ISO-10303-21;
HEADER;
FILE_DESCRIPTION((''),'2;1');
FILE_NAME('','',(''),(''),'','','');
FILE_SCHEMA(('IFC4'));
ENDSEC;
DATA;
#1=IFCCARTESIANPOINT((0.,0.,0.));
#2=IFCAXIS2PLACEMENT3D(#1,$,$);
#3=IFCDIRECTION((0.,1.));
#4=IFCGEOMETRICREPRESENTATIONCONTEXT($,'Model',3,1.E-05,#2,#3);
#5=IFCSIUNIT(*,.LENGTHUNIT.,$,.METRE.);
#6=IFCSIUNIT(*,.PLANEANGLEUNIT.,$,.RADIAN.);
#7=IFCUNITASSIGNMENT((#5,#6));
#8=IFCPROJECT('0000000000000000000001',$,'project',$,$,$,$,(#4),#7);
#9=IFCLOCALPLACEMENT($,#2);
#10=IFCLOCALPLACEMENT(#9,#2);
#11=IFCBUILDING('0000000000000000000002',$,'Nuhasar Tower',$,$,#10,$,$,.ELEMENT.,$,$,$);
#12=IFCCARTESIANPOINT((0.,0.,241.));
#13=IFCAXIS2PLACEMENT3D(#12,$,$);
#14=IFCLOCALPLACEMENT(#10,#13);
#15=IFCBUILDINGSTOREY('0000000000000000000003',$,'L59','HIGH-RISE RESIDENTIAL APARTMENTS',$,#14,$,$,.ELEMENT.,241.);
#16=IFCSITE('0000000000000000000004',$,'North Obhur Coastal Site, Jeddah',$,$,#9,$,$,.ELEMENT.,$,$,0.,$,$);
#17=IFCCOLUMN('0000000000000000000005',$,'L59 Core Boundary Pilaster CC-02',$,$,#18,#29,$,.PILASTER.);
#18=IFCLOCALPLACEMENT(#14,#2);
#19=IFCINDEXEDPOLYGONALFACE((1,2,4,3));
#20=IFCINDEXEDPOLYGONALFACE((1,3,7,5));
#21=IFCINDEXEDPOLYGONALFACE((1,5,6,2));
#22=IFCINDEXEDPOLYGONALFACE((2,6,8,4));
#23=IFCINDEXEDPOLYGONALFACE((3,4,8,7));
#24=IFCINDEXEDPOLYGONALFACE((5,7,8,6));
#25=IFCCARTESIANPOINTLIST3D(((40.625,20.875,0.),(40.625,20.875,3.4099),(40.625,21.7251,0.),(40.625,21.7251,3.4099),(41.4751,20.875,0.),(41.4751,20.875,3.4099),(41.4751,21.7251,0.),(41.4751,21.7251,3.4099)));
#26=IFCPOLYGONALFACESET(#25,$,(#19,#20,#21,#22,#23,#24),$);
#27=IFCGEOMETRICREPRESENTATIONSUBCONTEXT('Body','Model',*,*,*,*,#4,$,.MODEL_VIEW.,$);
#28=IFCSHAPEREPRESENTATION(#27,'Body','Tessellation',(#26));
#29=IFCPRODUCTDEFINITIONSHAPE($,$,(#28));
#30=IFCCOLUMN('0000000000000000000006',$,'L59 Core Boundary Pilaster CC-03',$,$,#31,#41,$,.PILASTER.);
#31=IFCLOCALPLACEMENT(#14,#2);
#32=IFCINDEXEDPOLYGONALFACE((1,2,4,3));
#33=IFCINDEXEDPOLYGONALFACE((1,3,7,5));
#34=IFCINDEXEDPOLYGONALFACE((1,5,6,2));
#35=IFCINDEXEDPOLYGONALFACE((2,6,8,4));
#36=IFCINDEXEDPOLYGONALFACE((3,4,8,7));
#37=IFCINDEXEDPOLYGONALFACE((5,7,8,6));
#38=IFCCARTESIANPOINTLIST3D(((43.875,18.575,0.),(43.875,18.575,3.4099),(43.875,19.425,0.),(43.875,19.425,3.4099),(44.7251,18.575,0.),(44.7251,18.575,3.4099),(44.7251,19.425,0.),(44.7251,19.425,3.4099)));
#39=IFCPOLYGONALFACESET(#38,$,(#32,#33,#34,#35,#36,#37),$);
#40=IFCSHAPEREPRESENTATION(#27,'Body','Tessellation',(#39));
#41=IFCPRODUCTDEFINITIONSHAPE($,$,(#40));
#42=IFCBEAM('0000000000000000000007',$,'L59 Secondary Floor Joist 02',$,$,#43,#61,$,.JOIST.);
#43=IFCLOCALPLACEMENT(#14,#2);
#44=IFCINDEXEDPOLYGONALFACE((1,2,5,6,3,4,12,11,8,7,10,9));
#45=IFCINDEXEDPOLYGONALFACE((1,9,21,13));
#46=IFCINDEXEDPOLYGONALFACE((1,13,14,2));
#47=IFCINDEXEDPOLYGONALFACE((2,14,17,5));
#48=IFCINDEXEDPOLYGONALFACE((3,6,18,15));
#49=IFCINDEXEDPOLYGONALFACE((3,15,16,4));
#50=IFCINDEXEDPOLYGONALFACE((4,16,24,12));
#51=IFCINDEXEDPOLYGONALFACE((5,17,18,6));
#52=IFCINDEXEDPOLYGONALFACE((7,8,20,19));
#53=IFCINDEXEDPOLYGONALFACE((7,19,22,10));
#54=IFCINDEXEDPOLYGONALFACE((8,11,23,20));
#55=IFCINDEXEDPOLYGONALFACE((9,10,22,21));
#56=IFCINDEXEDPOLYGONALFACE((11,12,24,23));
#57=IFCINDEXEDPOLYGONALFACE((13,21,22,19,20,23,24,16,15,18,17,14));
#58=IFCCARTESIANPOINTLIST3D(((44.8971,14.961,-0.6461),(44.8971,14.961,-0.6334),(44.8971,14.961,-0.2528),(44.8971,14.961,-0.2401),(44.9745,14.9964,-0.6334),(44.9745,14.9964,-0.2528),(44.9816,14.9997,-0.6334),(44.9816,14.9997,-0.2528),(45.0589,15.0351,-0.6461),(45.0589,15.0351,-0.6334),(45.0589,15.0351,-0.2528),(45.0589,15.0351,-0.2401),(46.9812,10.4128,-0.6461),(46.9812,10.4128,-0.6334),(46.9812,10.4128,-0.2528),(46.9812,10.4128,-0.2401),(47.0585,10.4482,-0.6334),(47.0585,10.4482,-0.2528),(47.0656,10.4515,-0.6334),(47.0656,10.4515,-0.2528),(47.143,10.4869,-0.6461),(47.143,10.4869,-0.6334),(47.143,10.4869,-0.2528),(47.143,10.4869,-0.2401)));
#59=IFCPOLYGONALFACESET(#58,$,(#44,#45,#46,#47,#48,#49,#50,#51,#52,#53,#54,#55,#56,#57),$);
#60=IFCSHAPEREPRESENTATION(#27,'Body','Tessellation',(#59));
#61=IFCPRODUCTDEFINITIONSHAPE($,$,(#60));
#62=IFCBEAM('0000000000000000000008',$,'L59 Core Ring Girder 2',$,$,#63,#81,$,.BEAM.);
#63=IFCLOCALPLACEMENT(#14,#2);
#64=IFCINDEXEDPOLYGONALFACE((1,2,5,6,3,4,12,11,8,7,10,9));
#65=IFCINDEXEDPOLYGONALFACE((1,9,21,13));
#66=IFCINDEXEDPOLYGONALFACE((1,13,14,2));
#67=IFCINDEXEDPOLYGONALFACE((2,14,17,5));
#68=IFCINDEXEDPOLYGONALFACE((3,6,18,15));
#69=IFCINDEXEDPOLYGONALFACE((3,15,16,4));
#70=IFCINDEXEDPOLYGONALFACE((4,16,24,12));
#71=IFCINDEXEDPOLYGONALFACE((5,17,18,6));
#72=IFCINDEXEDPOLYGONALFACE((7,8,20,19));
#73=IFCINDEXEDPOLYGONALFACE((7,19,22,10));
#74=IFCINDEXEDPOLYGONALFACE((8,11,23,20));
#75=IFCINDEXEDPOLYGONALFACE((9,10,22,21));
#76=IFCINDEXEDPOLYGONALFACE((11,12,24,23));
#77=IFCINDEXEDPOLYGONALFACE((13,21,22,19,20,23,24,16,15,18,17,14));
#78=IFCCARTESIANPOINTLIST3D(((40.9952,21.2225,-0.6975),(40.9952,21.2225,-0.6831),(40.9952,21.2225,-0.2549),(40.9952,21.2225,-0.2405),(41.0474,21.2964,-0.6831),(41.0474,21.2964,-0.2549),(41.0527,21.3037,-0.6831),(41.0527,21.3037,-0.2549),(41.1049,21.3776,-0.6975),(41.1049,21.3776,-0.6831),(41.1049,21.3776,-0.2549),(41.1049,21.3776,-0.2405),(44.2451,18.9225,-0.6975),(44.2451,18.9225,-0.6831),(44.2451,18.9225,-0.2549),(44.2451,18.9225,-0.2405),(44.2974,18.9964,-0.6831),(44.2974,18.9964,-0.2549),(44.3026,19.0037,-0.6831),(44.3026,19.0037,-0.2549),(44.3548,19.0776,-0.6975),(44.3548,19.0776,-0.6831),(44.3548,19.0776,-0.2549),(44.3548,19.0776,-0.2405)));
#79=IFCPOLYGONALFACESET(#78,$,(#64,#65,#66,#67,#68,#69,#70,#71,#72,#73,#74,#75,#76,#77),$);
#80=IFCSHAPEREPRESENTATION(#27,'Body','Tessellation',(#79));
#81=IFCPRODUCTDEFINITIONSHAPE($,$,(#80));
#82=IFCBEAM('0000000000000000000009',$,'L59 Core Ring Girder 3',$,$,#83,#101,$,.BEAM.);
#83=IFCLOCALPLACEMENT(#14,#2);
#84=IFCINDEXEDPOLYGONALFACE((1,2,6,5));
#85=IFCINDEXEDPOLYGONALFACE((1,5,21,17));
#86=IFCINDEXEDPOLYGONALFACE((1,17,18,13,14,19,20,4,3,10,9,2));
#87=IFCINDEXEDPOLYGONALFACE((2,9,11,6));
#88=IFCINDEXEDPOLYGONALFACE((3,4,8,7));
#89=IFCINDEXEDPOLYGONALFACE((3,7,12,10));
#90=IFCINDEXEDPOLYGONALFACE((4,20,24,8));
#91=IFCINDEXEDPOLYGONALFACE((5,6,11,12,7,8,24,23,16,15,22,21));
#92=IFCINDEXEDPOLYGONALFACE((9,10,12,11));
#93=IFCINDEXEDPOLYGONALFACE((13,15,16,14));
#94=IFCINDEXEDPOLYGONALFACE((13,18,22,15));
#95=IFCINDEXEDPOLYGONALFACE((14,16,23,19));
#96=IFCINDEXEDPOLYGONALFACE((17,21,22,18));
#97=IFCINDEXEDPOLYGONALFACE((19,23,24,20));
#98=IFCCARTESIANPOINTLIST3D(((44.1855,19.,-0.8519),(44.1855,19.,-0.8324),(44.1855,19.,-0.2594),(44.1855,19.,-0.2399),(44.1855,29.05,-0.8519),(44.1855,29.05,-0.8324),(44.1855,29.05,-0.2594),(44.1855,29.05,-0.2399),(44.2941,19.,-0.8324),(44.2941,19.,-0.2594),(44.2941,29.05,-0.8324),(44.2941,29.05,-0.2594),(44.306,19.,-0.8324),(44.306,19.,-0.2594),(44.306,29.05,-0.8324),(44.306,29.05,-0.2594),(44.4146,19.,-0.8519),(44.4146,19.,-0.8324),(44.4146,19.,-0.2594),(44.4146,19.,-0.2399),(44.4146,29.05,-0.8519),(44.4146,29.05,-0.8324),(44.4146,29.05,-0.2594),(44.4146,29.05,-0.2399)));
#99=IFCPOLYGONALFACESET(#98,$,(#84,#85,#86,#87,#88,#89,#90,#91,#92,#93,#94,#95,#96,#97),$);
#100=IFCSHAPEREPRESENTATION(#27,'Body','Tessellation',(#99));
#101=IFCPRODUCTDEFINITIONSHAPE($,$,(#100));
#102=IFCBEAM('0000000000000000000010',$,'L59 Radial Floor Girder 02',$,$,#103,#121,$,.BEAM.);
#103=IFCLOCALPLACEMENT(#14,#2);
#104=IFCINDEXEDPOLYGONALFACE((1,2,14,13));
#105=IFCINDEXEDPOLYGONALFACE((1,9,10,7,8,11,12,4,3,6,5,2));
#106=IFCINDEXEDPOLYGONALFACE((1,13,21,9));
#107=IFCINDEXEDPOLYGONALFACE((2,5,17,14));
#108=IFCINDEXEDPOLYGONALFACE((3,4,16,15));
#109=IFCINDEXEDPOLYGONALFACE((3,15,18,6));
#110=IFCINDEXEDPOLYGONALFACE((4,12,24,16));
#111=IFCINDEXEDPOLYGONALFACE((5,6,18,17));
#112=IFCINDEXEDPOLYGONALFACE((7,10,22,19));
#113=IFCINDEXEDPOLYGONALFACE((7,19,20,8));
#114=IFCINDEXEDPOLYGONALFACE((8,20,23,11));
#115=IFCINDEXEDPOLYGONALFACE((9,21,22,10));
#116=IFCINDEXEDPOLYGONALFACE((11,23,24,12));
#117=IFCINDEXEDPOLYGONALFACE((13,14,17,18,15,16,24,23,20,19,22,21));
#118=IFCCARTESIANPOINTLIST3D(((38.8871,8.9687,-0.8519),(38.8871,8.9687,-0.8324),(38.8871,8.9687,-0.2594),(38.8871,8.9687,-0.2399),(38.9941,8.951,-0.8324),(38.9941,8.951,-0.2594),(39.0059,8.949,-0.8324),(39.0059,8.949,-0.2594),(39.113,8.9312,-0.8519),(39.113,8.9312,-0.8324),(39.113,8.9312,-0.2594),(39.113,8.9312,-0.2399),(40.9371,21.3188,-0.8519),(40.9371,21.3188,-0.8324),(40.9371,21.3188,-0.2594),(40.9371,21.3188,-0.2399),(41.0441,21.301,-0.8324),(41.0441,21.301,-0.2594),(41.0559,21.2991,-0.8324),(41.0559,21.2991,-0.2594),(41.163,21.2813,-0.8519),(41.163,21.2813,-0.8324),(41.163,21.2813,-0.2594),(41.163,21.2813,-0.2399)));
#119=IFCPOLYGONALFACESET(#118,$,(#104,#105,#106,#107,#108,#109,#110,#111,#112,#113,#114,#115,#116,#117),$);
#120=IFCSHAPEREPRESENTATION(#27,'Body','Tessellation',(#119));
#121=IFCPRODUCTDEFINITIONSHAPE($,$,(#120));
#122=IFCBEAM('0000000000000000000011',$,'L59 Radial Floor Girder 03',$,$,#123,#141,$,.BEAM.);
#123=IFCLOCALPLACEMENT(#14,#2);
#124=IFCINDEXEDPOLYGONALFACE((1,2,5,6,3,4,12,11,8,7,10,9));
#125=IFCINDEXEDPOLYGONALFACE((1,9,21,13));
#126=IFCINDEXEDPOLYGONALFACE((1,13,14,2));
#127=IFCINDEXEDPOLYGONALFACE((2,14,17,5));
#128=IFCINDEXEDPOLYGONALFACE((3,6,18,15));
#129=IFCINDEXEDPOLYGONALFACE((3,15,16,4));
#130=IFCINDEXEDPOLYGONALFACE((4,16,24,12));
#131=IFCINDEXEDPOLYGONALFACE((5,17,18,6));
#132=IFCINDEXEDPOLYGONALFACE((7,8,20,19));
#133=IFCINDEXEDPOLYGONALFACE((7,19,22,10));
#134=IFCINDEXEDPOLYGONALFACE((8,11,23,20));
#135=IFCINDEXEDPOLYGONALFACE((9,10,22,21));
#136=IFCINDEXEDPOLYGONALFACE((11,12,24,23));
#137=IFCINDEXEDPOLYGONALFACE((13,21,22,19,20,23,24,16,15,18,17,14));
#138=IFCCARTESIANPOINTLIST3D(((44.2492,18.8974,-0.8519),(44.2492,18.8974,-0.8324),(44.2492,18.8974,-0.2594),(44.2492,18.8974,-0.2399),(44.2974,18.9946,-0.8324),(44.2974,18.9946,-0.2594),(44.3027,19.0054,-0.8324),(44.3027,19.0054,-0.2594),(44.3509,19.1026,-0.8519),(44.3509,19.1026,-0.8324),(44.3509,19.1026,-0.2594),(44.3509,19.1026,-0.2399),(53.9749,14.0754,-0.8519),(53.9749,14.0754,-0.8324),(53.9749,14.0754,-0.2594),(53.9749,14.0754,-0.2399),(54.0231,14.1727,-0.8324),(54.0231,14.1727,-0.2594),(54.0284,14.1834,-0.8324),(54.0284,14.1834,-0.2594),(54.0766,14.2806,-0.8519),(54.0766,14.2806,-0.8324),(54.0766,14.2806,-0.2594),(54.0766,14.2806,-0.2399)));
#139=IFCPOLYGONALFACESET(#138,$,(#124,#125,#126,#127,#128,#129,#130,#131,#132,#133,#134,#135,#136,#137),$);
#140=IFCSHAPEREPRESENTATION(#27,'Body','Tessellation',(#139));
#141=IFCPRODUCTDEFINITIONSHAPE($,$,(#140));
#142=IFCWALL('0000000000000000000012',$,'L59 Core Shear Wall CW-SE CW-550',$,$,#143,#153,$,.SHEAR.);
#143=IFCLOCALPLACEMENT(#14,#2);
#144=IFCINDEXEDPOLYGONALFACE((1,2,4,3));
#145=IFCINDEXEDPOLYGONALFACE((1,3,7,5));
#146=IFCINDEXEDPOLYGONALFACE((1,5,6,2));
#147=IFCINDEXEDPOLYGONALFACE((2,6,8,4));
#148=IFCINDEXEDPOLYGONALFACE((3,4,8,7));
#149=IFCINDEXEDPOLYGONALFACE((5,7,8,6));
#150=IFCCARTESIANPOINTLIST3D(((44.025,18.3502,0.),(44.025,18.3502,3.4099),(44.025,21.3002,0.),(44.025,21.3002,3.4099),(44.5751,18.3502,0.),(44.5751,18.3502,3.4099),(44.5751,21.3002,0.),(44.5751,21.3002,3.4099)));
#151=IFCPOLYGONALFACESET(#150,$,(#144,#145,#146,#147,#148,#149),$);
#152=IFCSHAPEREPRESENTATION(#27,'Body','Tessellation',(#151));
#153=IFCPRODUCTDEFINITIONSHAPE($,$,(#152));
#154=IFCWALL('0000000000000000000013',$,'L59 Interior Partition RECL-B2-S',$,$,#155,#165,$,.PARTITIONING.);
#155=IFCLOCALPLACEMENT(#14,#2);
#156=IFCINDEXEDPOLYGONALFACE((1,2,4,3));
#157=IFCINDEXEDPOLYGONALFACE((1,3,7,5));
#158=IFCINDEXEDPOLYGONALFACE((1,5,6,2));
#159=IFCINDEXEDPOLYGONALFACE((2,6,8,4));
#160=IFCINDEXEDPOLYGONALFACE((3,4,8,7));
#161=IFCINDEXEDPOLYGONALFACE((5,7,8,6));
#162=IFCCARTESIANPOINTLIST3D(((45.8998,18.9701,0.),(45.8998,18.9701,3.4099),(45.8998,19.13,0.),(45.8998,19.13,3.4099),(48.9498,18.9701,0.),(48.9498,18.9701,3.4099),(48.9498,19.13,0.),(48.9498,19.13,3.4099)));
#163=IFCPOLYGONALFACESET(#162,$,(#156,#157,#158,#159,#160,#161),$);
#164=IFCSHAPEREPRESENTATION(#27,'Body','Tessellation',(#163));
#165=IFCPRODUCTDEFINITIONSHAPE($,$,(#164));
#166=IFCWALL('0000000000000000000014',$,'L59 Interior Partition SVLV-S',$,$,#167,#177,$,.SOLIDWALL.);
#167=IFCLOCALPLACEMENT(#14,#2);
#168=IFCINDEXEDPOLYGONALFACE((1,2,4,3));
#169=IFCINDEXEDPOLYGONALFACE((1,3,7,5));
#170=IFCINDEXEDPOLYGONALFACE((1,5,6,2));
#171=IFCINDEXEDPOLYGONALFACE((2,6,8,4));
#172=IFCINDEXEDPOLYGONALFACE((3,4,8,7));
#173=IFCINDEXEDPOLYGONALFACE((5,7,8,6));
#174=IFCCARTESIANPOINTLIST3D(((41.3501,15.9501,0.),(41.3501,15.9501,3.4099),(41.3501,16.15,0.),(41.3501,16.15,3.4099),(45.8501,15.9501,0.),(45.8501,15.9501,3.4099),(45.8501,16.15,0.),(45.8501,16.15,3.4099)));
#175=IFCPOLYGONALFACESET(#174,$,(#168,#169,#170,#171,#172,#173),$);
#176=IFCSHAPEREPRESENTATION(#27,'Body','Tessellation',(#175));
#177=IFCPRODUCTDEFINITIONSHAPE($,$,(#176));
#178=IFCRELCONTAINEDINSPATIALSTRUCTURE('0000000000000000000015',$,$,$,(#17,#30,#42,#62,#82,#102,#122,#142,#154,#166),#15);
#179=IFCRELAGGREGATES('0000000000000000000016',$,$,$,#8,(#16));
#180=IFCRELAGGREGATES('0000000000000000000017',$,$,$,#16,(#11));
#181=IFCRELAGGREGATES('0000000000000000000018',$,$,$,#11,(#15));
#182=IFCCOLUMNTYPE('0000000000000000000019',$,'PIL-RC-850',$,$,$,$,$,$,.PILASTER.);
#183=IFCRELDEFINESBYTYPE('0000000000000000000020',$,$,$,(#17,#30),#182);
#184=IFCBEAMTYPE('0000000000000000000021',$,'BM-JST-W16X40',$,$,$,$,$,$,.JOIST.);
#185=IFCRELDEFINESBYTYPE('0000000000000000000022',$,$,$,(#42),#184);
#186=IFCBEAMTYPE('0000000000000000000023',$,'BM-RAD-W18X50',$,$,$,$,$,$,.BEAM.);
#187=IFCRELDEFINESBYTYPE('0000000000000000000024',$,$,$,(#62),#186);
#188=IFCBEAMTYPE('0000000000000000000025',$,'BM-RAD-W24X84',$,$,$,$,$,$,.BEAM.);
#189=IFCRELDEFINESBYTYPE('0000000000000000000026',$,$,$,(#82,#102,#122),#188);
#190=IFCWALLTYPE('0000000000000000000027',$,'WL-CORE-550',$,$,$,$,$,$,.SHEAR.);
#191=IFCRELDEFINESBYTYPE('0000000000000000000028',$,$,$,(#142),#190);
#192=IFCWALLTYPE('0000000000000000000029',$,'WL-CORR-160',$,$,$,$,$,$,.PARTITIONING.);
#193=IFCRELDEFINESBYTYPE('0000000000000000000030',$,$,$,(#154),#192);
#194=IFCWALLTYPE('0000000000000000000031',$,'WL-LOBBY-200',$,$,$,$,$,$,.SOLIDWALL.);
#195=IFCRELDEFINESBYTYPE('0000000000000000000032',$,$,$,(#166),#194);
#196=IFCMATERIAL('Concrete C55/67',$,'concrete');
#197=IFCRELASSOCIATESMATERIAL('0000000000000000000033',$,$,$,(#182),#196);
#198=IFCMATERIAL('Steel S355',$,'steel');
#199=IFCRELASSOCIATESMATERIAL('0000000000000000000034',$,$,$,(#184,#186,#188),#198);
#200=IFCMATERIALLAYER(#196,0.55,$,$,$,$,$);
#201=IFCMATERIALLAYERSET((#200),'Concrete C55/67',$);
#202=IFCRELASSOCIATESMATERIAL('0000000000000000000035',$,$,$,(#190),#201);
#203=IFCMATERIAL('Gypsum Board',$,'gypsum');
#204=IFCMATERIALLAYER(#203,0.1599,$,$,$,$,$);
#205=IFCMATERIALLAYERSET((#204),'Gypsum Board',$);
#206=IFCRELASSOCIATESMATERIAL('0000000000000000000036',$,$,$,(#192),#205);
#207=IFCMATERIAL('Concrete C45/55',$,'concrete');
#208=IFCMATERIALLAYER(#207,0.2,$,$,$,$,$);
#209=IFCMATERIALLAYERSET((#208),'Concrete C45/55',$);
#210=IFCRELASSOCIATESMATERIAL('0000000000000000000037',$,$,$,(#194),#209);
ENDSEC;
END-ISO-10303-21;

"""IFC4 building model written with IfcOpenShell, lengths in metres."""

from ifc_helpers import new_model, si_unit, direction, frame, frame_2d, origin, origin_2d, place, context, subcontext, project, spatial, rectangle, i_section, extrude, material, layer, layer_set, material_profile, profile_set, type_object, element, save


model = new_model("IFC4")

# Units and contexts
model_context = context("Model", 3, precision=1e-05, world=origin(), true_north=direction((0.0, 1.0)))
body_context = subcontext(model_context, "Body", "Model", "MODEL_VIEW")
ifc_project = project(units=[si_unit("LENGTHUNIT", "METRE"), si_unit("PLANEANGLEUNIT", "RADIAN")], contexts=[model_context])

# Site, building, storey
site_placement = place(None, origin())
site = spatial("IfcSite", under=ifc_project, at=site_placement, Name="North Obhur Coastal Site, Jeddah", CompositionType="ELEMENT", RefElevation=0.0)
building_placement = place(site_placement, origin())
building = spatial("IfcBuilding", under=site, at=building_placement, Name="Nuhasar Tower", CompositionType="ELEMENT")
storey_placement = place(building_placement, frame((0.0, 0.0, 241.0)))
storey = spatial("IfcBuildingStorey", under=building, at=storey_placement, Name="L59", Description="HIGH-RISE RESIDENTIAL APARTMENTS", CompositionType="ELEMENT", Elevation=241.0)

# Columns
ifc_material_1 = material(Name="Concrete C55/67", Category="concrete")
ifc_material_profile_1 = material_profile(ifc_material_1, rectangle(XDim=0.8501, YDim=0.8501, at=origin_2d()), Name="RC850X850")
ifc_profile_set_1 = profile_set([ifc_material_profile_1], Name="Concrete C55/67")
column_type = type_object("IfcColumnType", Name="PIL-RC-850", PredefinedType="PILASTER", material=ifc_profile_set_1)
for number, where, z_axis, x_axis, name in (
    (1, (41.05, 21.3, 0.0), (0.0, 0.0, 1.0), (1.0, 0.0, 0.0), "L59 Core Boundary Pilaster CC-02"),
    (2, (44.3, 19.0, 0.0), (0.0, 0.0, 1.0), (1.0, 0.0, 0.0), "L59 Core Boundary Pilaster CC-03"),
):
    element("IfcColumn", number, at=place(storey_placement, frame(where, z_axis=z_axis, x_axis=x_axis)), inside=storey, type_object=column_type, Name=name, PredefinedType="PILASTER", context=body_context, shape_type="SweptSolid", body=[
        extrude(rectangle(XDim=0.8501, YDim=0.8501, at=origin_2d()), origin(), (0.0, 0.0, 1.0), 3.4099),
    ])

# Beams
ifc_material_2 = material(Name="Steel S355", Category="steel")
ifc_material_profile_2 = material_profile(ifc_material_2, i_section(OverallWidth=0.178, OverallDepth=0.406, WebThickness=0.0078, FlangeThickness=0.0127, at=origin_2d()), Name="W16X40")
ifc_profile_set_2 = profile_set([ifc_material_profile_2], Name="Steel S355")
beam_type_1 = type_object("IfcBeamType", Name="BM-JST-W16X40", PredefinedType="JOIST", material=ifc_profile_set_2)
beam_1_placement = place(storey_placement, frame((44.978, 14.998, -0.4431), z_axis=(0.416562, -0.909107, 0.0), x_axis=(0.909107, 0.416562, 0.0)))
element("IfcBeam", 3, at=beam_1_placement, inside=storey, type_object=beam_type_1, Name="L59 Secondary Floor Joist 02", PredefinedType="JOIST", context=body_context, shape_type="SweptSolid", body=[
    extrude(i_section(OverallWidth=0.178, OverallDepth=0.406, WebThickness=0.0078, FlangeThickness=0.0127, at=origin_2d()), origin(), (0.0, 0.0, 1.0), 5.0029),
])
ifc_material_profile_3 = material_profile(ifc_material_2, i_section(OverallWidth=0.1899, OverallDepth=0.457, WebThickness=0.009, FlangeThickness=0.0144, at=origin_2d()), Name="W18X50")
ifc_profile_set_3 = profile_set([ifc_material_profile_3], Name="Steel S355")
beam_type_2 = type_object("IfcBeamType", Name="BM-RAD-W18X50", PredefinedType="BEAM", material=ifc_profile_set_3)
beam_2_placement = place(storey_placement, frame((41.05, 21.3, -0.469), z_axis=(0.816265, -0.577677, 0.0), x_axis=(0.577677, 0.816265, 0.0)))
element("IfcBeam", 4, at=beam_2_placement, inside=storey, type_object=beam_type_2, Name="L59 Core Ring Girder 2", PredefinedType="BEAM", context=body_context, shape_type="SweptSolid", body=[
    extrude(i_section(OverallWidth=0.1899, OverallDepth=0.457, WebThickness=0.009, FlangeThickness=0.0144, at=origin_2d()), origin(), (0.0, 0.0, 1.0), 3.9814),
])
ifc_material_profile_4 = material_profile(ifc_material_2, i_section(OverallWidth=0.229, OverallDepth=0.6121, WebThickness=0.012, FlangeThickness=0.0195, at=origin_2d()), Name="W24X84")
ifc_profile_set_4 = profile_set([ifc_material_profile_4], Name="Steel S355")
beam_type_3 = type_object("IfcBeamType", Name="BM-RAD-W24X84", PredefinedType="BEAM", material=ifc_profile_set_4)
beam_3_placement = place(storey_placement, frame((44.3, 19.0, -0.5459), z_axis=(0.0, 1.0, 0.0), x_axis=(-1.0, 0.0, 0.0)))
element("IfcBeam", 5, at=beam_3_placement, inside=storey, type_object=beam_type_3, Name="L59 Core Ring Girder 3", PredefinedType="BEAM", context=body_context, shape_type="SweptSolid", body=[
    extrude(i_section(OverallWidth=0.229, OverallDepth=0.6121, WebThickness=0.012, FlangeThickness=0.0195, at=origin_2d()), origin(), (0.0, 0.0, 1.0), 10.05),
])
beam_4_placement = place(storey_placement, frame((41.05, 21.3, -0.5459), z_axis=(-0.163754, -0.986501, 0.0), x_axis=(0.986501, -0.163754, 0.0)))
element("IfcBeam", 6, at=beam_4_placement, inside=storey, type_object=beam_type_3, Name="L59 Radial Floor Girder 02", PredefinedType="BEAM", context=body_context, shape_type="SweptSolid", body=[
    extrude(i_section(OverallWidth=0.229, OverallDepth=0.6121, WebThickness=0.012, FlangeThickness=0.0195, at=origin_2d()), origin(), (0.0, 0.0, 1.0), 12.519),
])
beam_5_placement = place(storey_placement, frame((44.3, 19.0, -0.5459), z_axis=(0.895929, -0.444197, 0.0), x_axis=(0.444197, 0.895929, 0.0)))
element("IfcBeam", 7, at=beam_5_placement, inside=storey, type_object=beam_type_3, Name="L59 Radial Floor Girder 03", PredefinedType="BEAM", context=body_context, shape_type="SweptSolid", body=[
    extrude(i_section(OverallWidth=0.229, OverallDepth=0.6121, WebThickness=0.012, FlangeThickness=0.0195, at=origin_2d()), origin(), (0.0, 0.0, 1.0), 10.8555),
])

# Walls
ifc_layer_1 = layer(ifc_material_1, 0.55)
ifc_layer_set_1 = layer_set([ifc_layer_1], Name="Concrete C55/67")
wall_type_1 = type_object("IfcWallType", Name="WL-CORE-550", PredefinedType="SHEAR", material=ifc_layer_set_1)
wall_1_placement = place(storey_placement, frame((44.3, 18.3501, 0.0), z_axis=(0.0, 0.0, 1.0), x_axis=(0.0, 1.0, 0.0)))
element("IfcWall", 8, at=wall_1_placement, inside=storey, type_object=wall_type_1, Name="L59 Core Shear Wall CW-SE CW-550", PredefinedType="SHEAR", context=body_context, shape_type="SweptSolid", body=[
    extrude(rectangle(XDim=2.95, YDim=0.55, at=frame_2d((1.4751, 0.0))), origin(), (0.0, 0.0, 1.0), 3.4099),
])
ifc_material_3 = material(Name="Gypsum Board", Category="gypsum")
ifc_layer_2 = layer(ifc_material_3, 0.1599)
ifc_layer_set_2 = layer_set([ifc_layer_2], Name="Gypsum Board")
wall_type_2 = type_object("IfcWallType", Name="WL-CORR-160", PredefinedType="PARTITIONING", material=ifc_layer_set_2)
wall_2_placement = place(storey_placement, frame((45.8999, 19.05, 0.0), z_axis=(0.0, 0.0, 1.0), x_axis=(1.0, 0.0, 0.0)))
element("IfcWall", 9, at=wall_2_placement, inside=storey, type_object=wall_type_2, Name="L59 Interior Partition RECL-B2-S", PredefinedType="PARTITIONING", context=body_context, shape_type="SweptSolid", body=[
    extrude(rectangle(XDim=3.05, YDim=0.1599, at=frame_2d((1.5249, 0.0))), origin(), (0.0, 0.0, 1.0), 3.4099),
])

# Shared definitions
ifc_material_4 = material(Name="Concrete C45/55", Category="concrete")
ifc_layer_3 = layer(ifc_material_4, 0.2)
ifc_layer_set_3 = layer_set([ifc_layer_3], Name="Concrete C45/55")
wall_type_3 = type_object("IfcWallType", Name="WL-LOBBY-200", PredefinedType="SOLIDWALL", material=ifc_layer_set_3)

# Wall
wall_3_placement = place(storey_placement, frame((41.3501, 16.05, 0.0), z_axis=(0.0, 0.0, 1.0), x_axis=(1.0, 0.0, 0.0)))
element("IfcWall", 10, at=wall_3_placement, inside=storey, type_object=wall_type_3, Name="L59 Interior Partition SVLV-S", PredefinedType="SOLIDWALL", context=body_context, shape_type="SweptSolid", body=[
    extrude(rectangle(XDim=4.5, YDim=0.2, at=frame_2d((2.25, 0.0))), origin(), (0.0, 0.0, 1.0), 3.4099),
])

save(model, "model.ifc")
